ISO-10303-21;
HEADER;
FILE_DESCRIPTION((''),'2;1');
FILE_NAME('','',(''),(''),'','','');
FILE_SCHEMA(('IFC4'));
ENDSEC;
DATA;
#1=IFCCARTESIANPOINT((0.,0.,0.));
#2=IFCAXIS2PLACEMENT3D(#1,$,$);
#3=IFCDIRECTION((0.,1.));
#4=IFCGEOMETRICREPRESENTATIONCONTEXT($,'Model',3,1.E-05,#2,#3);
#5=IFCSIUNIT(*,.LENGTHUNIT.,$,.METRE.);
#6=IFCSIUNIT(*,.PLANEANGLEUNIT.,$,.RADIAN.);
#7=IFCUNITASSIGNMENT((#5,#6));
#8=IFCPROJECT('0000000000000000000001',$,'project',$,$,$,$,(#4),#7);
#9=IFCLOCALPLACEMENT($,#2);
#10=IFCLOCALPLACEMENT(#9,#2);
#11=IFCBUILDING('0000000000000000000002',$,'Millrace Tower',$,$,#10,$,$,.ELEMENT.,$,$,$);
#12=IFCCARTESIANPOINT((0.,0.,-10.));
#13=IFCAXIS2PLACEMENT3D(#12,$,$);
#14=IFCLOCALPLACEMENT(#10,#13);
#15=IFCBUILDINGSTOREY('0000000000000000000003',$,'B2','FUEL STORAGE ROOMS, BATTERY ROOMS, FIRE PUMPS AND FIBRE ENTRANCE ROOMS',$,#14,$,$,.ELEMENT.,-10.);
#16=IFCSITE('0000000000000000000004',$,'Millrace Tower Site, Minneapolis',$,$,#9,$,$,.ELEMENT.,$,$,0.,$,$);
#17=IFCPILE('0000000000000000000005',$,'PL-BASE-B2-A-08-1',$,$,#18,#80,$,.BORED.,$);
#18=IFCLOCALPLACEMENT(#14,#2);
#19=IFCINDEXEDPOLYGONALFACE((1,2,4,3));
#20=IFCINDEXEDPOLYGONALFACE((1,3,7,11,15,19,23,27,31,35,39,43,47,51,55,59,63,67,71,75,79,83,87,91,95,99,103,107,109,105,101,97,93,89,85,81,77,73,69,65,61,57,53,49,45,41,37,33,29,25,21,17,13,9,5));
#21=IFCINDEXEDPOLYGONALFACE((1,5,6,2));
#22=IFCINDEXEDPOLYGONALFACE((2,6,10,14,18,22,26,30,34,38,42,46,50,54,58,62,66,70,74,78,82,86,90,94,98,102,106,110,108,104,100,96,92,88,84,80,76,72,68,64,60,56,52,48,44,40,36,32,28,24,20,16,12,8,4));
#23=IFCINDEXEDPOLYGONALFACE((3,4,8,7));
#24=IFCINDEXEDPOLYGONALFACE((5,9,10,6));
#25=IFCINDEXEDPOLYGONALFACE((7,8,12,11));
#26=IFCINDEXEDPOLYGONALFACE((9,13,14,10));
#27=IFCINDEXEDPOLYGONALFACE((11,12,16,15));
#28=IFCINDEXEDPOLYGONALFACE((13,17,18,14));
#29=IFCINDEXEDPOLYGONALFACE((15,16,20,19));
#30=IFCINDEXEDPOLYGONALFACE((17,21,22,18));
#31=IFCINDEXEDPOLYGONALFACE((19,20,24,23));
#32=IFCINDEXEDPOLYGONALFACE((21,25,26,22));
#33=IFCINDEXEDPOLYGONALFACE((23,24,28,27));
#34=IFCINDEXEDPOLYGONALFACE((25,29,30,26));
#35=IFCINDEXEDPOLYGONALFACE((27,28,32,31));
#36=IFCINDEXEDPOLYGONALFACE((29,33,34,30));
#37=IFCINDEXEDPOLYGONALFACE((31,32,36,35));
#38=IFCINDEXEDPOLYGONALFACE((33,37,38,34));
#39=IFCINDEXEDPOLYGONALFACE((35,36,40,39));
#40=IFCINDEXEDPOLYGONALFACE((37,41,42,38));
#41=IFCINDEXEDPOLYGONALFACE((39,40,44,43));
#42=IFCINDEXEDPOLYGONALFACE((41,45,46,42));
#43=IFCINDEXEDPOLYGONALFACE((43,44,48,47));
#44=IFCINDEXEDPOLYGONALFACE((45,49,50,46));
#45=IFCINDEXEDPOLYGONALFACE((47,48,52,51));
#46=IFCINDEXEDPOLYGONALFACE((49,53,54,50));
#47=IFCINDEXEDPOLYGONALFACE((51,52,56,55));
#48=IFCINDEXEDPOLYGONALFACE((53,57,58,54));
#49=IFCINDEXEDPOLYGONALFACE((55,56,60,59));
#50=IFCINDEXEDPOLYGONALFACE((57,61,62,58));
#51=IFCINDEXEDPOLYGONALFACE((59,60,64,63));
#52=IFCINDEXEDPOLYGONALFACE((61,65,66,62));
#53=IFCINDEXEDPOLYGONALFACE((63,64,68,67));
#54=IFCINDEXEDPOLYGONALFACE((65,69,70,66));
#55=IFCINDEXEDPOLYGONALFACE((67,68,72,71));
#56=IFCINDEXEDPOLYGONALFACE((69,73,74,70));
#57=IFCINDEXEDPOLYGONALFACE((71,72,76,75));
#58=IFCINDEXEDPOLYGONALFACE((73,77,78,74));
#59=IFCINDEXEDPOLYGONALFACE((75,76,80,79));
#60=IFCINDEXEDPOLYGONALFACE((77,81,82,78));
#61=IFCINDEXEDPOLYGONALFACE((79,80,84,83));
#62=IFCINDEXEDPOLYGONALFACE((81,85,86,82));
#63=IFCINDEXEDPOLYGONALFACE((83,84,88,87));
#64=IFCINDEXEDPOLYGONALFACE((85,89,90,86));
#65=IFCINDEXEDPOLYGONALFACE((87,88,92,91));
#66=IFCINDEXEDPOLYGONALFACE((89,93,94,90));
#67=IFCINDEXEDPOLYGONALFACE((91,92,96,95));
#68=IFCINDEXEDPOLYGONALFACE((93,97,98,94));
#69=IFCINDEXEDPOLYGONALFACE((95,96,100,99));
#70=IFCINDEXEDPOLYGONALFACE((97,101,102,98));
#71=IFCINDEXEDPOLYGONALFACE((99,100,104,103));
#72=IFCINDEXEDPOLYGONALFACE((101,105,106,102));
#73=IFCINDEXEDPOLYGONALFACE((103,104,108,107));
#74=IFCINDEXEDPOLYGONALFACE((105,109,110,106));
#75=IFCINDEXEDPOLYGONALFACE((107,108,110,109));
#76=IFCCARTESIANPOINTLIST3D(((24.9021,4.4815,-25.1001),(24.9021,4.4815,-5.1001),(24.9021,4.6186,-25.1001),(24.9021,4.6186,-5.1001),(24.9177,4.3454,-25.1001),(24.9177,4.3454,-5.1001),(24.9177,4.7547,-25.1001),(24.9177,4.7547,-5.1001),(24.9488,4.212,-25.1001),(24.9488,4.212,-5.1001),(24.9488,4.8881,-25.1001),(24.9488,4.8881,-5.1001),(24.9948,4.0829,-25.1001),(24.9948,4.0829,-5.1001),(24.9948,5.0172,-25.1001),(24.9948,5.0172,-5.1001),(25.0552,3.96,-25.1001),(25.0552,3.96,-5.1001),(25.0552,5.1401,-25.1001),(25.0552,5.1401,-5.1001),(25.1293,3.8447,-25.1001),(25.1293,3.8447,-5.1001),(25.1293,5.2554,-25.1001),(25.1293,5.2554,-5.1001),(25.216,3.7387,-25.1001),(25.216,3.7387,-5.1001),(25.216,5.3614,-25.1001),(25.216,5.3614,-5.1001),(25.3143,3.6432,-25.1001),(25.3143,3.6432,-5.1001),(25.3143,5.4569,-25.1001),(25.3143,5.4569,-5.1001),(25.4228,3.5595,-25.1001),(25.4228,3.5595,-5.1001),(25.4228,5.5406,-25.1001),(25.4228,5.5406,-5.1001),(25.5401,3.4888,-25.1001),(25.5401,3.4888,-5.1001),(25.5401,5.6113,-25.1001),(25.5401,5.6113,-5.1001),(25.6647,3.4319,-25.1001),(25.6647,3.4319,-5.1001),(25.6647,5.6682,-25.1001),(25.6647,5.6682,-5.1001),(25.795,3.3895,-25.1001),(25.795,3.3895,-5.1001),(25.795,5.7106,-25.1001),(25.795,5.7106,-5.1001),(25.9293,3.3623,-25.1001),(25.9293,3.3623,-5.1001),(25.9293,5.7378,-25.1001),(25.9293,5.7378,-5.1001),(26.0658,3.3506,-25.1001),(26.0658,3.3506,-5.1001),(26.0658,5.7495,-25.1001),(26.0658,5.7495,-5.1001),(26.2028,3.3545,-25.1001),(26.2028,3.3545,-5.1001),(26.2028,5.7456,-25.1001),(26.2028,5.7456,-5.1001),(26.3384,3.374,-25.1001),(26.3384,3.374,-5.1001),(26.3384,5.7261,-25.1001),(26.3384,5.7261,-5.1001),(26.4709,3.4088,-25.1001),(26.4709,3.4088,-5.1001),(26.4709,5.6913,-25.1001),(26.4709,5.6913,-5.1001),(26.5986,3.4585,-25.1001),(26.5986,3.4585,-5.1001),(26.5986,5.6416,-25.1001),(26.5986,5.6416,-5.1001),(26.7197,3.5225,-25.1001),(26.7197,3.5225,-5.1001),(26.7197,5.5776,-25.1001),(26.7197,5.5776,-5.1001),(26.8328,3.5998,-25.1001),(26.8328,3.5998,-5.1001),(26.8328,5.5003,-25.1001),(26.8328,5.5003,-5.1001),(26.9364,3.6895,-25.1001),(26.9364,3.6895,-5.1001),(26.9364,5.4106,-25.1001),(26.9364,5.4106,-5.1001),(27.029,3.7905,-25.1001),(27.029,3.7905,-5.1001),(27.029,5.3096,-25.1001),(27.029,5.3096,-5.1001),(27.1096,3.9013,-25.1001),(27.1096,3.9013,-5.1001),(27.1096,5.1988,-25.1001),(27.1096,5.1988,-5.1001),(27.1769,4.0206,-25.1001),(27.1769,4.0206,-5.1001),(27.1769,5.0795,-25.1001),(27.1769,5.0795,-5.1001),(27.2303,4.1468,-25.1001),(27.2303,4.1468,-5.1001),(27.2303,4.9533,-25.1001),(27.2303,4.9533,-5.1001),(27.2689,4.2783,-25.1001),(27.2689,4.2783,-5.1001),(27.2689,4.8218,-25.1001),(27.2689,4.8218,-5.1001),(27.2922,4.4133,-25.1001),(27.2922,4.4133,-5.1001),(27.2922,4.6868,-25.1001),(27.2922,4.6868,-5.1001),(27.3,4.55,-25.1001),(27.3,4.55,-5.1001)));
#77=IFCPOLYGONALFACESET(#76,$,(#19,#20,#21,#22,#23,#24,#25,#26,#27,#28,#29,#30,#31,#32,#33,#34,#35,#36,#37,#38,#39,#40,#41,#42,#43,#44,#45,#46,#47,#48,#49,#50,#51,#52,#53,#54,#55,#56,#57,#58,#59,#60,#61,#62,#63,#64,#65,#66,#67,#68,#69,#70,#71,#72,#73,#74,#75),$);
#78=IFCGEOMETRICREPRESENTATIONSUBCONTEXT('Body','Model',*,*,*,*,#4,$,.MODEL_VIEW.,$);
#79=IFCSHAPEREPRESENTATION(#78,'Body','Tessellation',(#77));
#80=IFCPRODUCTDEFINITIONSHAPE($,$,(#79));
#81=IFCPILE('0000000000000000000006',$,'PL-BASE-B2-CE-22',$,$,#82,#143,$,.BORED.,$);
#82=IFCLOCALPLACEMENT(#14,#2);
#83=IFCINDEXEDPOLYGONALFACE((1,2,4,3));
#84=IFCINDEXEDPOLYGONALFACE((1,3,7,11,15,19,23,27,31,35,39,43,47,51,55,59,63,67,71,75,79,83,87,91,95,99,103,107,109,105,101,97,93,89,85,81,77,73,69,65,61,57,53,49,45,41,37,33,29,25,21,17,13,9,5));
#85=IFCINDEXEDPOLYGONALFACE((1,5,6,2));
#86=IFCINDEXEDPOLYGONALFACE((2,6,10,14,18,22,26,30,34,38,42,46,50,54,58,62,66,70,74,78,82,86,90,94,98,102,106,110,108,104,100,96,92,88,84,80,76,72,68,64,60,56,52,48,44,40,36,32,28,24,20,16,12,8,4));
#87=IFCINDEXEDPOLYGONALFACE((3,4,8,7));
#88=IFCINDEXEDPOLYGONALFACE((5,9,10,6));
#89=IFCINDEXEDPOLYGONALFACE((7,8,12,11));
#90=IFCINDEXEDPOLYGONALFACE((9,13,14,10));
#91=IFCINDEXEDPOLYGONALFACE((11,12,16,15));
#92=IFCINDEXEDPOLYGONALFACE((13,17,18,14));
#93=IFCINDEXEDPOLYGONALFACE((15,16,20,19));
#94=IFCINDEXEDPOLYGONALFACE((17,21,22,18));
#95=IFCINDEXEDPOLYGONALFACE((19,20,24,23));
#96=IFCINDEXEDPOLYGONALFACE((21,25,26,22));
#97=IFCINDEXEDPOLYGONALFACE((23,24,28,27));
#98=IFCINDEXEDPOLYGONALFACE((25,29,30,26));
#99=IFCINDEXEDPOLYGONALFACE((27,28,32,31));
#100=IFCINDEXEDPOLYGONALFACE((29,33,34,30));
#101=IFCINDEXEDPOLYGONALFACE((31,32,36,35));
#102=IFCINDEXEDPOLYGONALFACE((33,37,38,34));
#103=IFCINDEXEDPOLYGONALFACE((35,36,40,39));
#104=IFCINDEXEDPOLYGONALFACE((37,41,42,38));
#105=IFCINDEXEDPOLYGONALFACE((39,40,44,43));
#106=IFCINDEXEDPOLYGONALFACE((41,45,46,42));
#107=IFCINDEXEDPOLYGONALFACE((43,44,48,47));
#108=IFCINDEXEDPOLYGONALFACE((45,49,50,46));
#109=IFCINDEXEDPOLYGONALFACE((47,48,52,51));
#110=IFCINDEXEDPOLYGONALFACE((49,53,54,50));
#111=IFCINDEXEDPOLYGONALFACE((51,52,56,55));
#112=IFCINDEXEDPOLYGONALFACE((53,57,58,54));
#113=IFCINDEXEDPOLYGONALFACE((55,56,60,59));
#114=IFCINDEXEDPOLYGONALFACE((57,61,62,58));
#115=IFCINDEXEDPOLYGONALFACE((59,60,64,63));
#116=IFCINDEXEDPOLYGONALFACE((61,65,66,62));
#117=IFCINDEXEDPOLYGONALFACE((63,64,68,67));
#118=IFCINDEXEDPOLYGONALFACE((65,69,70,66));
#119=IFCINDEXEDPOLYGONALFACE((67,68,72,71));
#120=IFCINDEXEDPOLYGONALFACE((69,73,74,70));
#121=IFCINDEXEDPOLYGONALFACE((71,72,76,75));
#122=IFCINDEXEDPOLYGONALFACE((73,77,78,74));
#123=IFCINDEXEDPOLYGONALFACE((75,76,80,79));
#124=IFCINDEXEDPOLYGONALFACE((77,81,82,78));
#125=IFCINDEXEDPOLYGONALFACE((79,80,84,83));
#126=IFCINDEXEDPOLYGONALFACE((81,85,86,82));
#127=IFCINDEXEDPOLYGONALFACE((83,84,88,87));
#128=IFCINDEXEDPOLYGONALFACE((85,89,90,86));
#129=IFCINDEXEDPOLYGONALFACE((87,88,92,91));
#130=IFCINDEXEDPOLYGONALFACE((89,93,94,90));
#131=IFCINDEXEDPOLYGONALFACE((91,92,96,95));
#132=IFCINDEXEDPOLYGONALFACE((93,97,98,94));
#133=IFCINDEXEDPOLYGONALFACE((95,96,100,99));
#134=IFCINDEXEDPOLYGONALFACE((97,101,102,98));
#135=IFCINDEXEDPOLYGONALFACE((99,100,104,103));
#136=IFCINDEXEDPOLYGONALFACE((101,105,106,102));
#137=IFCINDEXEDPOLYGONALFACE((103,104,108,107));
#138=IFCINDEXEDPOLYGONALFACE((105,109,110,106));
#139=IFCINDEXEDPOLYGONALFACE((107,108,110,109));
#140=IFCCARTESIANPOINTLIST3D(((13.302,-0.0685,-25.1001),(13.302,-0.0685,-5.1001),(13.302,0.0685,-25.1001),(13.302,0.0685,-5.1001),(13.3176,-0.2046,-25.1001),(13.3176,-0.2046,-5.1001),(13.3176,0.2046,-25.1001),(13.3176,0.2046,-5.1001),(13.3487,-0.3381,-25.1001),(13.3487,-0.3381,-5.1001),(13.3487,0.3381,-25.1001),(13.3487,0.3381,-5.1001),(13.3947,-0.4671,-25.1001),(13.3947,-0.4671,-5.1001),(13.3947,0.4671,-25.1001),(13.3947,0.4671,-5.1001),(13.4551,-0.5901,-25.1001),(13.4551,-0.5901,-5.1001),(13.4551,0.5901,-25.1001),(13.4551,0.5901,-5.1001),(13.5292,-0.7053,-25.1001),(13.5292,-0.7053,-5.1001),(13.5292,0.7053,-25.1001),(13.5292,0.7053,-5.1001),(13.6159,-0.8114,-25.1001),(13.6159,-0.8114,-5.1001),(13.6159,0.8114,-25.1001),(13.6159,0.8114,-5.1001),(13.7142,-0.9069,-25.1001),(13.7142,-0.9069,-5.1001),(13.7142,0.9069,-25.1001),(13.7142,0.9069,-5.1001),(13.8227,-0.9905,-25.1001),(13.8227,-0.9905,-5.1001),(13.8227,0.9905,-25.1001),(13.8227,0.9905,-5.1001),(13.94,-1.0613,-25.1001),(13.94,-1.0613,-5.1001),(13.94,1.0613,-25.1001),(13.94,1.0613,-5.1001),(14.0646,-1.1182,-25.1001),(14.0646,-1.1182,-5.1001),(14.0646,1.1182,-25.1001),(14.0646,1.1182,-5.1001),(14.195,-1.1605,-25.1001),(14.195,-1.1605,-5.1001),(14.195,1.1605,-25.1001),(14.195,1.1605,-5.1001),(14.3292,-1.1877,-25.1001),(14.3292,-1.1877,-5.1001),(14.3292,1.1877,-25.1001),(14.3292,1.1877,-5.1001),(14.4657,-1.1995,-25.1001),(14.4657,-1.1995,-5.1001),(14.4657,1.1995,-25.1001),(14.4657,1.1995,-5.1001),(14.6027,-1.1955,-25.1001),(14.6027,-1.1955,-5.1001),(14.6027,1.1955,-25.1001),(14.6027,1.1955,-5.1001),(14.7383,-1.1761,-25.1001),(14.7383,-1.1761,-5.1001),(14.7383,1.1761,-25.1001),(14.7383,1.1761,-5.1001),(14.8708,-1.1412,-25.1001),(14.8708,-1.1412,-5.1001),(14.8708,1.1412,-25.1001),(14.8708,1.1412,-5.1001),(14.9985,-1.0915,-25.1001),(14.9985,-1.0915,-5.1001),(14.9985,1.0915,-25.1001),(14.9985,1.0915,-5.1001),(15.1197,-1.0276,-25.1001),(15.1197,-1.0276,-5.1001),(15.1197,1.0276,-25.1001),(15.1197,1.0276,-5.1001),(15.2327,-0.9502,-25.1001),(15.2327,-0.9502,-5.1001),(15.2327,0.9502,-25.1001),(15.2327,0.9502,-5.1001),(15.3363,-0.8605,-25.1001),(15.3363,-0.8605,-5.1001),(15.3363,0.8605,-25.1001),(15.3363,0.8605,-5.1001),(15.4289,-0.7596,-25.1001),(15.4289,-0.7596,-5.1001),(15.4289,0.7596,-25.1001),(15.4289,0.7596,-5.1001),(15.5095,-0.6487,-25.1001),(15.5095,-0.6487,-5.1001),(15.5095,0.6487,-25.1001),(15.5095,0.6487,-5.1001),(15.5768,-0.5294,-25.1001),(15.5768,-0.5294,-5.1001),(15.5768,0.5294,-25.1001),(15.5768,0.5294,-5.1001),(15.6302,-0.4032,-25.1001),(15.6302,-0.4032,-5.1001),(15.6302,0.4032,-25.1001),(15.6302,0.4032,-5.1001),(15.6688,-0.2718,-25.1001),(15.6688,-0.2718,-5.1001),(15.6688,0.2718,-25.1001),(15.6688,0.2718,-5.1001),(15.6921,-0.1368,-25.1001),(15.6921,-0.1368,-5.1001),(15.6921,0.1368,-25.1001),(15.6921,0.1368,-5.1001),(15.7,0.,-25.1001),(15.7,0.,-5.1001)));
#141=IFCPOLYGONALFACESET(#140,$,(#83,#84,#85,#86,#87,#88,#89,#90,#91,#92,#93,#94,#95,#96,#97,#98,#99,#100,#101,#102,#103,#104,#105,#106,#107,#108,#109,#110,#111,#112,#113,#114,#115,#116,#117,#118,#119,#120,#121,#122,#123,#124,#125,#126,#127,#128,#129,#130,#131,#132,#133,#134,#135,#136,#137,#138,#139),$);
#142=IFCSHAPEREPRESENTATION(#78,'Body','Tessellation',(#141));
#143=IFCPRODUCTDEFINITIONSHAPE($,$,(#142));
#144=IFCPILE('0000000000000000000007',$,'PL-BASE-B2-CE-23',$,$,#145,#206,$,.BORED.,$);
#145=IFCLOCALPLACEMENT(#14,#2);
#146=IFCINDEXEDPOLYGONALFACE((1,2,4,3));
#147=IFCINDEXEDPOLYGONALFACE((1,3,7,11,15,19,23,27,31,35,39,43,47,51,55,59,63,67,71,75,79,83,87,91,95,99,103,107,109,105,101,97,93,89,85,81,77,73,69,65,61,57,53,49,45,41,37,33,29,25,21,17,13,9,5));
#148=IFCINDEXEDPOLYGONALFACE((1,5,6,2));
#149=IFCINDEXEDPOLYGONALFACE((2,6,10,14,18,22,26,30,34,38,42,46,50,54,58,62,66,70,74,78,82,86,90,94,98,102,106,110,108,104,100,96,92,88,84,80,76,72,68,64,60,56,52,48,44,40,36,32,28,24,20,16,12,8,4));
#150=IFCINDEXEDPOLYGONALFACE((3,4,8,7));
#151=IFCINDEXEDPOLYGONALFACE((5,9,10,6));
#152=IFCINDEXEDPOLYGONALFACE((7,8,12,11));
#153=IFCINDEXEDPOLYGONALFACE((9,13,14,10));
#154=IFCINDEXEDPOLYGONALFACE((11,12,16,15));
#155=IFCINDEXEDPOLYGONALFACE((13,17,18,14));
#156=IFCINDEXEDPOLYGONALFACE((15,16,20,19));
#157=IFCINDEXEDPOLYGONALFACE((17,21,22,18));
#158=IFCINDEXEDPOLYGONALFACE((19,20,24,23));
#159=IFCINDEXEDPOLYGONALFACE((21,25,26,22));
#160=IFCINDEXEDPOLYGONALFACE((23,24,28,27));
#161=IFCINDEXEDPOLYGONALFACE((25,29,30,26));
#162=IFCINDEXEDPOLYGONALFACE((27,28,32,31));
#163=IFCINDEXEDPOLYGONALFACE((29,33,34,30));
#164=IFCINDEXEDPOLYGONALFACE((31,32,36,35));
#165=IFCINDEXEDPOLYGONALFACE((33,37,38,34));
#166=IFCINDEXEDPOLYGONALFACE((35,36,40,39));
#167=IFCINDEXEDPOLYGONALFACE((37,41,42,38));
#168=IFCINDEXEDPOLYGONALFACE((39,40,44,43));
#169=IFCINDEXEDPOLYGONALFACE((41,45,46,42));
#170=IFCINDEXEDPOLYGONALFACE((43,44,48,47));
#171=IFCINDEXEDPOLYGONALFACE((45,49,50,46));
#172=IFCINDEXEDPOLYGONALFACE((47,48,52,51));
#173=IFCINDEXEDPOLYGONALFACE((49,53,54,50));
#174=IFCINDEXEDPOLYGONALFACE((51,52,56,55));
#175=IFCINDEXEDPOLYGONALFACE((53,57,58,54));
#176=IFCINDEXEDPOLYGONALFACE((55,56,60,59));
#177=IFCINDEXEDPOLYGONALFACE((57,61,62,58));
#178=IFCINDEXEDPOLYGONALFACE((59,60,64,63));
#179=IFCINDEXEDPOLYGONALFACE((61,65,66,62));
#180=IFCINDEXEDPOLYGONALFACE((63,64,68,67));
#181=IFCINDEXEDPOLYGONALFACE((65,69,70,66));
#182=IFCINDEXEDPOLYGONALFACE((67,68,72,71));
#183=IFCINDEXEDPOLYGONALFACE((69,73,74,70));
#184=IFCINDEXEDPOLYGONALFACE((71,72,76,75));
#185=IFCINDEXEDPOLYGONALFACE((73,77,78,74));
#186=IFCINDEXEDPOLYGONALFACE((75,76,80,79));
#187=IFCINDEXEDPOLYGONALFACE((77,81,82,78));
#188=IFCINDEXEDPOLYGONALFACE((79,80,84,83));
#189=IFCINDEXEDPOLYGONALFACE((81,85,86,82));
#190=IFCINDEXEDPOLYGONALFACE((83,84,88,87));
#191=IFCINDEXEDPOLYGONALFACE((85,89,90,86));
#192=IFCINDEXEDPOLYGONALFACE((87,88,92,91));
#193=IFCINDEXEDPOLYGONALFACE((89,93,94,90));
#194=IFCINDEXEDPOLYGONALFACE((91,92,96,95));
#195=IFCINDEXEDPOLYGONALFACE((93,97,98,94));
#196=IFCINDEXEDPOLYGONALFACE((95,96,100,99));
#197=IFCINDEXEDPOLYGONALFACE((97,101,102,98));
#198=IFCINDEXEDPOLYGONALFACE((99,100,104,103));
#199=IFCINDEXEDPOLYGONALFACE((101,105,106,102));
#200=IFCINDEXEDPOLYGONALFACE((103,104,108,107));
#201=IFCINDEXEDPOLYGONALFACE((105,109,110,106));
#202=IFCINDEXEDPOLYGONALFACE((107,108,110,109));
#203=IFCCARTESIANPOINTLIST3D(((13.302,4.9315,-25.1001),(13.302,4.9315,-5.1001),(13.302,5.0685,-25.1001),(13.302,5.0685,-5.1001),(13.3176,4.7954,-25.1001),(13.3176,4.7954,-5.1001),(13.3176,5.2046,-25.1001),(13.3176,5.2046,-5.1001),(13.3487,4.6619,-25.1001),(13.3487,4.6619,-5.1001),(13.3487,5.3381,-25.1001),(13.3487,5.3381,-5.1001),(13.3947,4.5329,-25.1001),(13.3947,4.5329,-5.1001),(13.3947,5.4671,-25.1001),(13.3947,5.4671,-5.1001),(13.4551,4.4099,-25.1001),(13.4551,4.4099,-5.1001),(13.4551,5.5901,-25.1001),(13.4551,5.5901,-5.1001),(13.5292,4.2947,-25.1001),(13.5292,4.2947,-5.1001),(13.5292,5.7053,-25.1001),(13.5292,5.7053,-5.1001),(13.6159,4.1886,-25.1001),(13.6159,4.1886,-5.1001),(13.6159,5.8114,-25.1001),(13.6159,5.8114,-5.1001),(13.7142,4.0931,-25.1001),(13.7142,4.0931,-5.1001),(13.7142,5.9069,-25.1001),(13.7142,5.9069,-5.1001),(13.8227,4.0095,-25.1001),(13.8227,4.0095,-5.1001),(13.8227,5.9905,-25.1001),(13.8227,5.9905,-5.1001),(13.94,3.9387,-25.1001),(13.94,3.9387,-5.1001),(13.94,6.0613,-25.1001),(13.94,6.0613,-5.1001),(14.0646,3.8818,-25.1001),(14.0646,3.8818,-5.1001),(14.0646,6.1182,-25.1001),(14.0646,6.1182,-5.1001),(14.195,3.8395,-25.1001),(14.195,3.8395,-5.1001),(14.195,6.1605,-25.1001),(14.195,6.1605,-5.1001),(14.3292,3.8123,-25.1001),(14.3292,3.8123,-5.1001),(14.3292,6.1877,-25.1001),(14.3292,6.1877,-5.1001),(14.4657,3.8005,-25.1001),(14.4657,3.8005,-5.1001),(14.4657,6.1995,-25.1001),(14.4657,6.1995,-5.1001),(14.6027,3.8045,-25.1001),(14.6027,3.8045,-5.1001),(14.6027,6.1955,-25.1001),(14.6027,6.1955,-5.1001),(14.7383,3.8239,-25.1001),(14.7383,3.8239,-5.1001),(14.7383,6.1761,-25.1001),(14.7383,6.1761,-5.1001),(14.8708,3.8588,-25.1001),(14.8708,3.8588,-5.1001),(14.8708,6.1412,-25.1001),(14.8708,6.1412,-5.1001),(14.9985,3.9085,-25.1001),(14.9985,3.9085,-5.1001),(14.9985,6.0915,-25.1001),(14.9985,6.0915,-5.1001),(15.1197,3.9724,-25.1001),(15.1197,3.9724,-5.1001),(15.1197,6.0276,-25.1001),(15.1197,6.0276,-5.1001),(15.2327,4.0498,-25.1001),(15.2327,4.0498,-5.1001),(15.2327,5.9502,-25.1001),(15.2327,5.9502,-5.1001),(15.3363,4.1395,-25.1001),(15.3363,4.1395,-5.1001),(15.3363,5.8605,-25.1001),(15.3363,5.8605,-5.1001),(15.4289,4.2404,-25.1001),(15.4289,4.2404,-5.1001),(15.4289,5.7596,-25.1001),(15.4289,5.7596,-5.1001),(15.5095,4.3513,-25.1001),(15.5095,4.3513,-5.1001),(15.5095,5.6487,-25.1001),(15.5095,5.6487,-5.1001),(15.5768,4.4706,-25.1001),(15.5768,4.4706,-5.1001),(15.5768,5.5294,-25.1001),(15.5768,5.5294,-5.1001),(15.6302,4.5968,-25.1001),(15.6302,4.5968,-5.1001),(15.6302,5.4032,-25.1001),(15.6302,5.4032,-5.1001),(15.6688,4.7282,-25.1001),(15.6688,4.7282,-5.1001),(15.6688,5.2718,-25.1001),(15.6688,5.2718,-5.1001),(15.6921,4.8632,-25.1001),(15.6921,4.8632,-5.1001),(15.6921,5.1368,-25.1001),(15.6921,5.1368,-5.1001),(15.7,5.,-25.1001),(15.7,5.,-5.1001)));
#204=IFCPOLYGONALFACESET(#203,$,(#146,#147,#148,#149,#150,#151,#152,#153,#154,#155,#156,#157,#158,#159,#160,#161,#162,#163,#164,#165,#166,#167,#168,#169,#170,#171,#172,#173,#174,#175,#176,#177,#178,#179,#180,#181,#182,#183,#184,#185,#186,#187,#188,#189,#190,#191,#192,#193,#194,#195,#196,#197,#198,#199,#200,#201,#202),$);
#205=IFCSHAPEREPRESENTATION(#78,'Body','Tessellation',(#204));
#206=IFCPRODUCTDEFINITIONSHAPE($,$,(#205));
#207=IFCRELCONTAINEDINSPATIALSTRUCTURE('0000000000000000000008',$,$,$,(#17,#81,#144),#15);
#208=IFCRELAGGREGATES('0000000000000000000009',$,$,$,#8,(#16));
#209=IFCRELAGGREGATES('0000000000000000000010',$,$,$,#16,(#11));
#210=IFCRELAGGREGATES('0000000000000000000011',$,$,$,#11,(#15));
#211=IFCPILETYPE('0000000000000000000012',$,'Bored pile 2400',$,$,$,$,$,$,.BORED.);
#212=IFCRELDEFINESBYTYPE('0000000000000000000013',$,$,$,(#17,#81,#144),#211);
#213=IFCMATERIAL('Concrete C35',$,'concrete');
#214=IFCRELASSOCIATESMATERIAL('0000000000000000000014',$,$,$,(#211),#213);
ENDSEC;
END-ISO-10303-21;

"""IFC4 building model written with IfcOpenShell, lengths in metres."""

from ifc_helpers import new_model, si_unit, direction, frame, origin, origin_2d, place, context, subcontext, project, spatial, circle, extrude, material, material_profile, profile_set, type_object, element, save


model = new_model("IFC4")

# Units and contexts
model_context = context("Model", 3, precision=1e-05, world=origin(), true_north=direction((0.0, 1.0)))
body_context = subcontext(model_context, "Body", "Model", "MODEL_VIEW")
ifc_project = project(units=[si_unit("LENGTHUNIT", "METRE"), si_unit("PLANEANGLEUNIT", "RADIAN")], contexts=[model_context])

# Site, building, storey
site_placement = place(None, origin())
site = spatial("IfcSite", under=ifc_project, at=site_placement, Name="Millrace Tower Site, Minneapolis", CompositionType="ELEMENT", RefElevation=0.0)
building_placement = place(site_placement, origin())
building = spatial("IfcBuilding", under=site, at=building_placement, Name="Millrace Tower", CompositionType="ELEMENT")
storey_placement = place(building_placement, frame((0.0, 0.0, -10.0)))
storey = spatial("IfcBuildingStorey", under=building, at=storey_placement, Name="B2", Description="FUEL STORAGE ROOMS, BATTERY ROOMS, FIRE PUMPS AND FIBRE ENTRANCE ROOMS", CompositionType="ELEMENT", Elevation=-10.0)

# Piles
ifc_material_1 = material(Name="Concrete C35", Category="concrete")
ifc_material_profile_1 = material_profile(ifc_material_1, circle(Radius=1.2, at=origin_2d()))
ifc_profile_set_1 = profile_set([ifc_material_profile_1], Name="Concrete C35")
pile_type = type_object("IfcPileType", Name="Bored pile 2400", PredefinedType="BORED", material=ifc_profile_set_1)
for number, where, z_axis, x_axis, name in (
    (1, (26.1001, 4.55, -5.1001), (0.0, 0.0, -1.0), (1.0, 0.0, 0.0), "PL-BASE-B2-A-08-1"),
    (2, (14.5, 0.0, -5.1001), (0.0, 0.0, -1.0), (1.0, 0.0, 0.0), "PL-BASE-B2-CE-22"),
    (3, (14.5, 5.0, -5.1001), (0.0, 0.0, -1.0), (1.0, 0.0, 0.0), "PL-BASE-B2-CE-23"),
):
    element("IfcPile", number, at=place(storey_placement, frame(where, z_axis=z_axis, x_axis=x_axis)), inside=storey, type_object=pile_type, Name=name, PredefinedType="BORED", context=body_context, shape_type="SweptSolid", body=[
        extrude(circle(Radius=1.2, at=origin_2d()), origin(), (0.0, 0.0, 1.0), 20.0),
    ])

save(model, "model.ifc")
